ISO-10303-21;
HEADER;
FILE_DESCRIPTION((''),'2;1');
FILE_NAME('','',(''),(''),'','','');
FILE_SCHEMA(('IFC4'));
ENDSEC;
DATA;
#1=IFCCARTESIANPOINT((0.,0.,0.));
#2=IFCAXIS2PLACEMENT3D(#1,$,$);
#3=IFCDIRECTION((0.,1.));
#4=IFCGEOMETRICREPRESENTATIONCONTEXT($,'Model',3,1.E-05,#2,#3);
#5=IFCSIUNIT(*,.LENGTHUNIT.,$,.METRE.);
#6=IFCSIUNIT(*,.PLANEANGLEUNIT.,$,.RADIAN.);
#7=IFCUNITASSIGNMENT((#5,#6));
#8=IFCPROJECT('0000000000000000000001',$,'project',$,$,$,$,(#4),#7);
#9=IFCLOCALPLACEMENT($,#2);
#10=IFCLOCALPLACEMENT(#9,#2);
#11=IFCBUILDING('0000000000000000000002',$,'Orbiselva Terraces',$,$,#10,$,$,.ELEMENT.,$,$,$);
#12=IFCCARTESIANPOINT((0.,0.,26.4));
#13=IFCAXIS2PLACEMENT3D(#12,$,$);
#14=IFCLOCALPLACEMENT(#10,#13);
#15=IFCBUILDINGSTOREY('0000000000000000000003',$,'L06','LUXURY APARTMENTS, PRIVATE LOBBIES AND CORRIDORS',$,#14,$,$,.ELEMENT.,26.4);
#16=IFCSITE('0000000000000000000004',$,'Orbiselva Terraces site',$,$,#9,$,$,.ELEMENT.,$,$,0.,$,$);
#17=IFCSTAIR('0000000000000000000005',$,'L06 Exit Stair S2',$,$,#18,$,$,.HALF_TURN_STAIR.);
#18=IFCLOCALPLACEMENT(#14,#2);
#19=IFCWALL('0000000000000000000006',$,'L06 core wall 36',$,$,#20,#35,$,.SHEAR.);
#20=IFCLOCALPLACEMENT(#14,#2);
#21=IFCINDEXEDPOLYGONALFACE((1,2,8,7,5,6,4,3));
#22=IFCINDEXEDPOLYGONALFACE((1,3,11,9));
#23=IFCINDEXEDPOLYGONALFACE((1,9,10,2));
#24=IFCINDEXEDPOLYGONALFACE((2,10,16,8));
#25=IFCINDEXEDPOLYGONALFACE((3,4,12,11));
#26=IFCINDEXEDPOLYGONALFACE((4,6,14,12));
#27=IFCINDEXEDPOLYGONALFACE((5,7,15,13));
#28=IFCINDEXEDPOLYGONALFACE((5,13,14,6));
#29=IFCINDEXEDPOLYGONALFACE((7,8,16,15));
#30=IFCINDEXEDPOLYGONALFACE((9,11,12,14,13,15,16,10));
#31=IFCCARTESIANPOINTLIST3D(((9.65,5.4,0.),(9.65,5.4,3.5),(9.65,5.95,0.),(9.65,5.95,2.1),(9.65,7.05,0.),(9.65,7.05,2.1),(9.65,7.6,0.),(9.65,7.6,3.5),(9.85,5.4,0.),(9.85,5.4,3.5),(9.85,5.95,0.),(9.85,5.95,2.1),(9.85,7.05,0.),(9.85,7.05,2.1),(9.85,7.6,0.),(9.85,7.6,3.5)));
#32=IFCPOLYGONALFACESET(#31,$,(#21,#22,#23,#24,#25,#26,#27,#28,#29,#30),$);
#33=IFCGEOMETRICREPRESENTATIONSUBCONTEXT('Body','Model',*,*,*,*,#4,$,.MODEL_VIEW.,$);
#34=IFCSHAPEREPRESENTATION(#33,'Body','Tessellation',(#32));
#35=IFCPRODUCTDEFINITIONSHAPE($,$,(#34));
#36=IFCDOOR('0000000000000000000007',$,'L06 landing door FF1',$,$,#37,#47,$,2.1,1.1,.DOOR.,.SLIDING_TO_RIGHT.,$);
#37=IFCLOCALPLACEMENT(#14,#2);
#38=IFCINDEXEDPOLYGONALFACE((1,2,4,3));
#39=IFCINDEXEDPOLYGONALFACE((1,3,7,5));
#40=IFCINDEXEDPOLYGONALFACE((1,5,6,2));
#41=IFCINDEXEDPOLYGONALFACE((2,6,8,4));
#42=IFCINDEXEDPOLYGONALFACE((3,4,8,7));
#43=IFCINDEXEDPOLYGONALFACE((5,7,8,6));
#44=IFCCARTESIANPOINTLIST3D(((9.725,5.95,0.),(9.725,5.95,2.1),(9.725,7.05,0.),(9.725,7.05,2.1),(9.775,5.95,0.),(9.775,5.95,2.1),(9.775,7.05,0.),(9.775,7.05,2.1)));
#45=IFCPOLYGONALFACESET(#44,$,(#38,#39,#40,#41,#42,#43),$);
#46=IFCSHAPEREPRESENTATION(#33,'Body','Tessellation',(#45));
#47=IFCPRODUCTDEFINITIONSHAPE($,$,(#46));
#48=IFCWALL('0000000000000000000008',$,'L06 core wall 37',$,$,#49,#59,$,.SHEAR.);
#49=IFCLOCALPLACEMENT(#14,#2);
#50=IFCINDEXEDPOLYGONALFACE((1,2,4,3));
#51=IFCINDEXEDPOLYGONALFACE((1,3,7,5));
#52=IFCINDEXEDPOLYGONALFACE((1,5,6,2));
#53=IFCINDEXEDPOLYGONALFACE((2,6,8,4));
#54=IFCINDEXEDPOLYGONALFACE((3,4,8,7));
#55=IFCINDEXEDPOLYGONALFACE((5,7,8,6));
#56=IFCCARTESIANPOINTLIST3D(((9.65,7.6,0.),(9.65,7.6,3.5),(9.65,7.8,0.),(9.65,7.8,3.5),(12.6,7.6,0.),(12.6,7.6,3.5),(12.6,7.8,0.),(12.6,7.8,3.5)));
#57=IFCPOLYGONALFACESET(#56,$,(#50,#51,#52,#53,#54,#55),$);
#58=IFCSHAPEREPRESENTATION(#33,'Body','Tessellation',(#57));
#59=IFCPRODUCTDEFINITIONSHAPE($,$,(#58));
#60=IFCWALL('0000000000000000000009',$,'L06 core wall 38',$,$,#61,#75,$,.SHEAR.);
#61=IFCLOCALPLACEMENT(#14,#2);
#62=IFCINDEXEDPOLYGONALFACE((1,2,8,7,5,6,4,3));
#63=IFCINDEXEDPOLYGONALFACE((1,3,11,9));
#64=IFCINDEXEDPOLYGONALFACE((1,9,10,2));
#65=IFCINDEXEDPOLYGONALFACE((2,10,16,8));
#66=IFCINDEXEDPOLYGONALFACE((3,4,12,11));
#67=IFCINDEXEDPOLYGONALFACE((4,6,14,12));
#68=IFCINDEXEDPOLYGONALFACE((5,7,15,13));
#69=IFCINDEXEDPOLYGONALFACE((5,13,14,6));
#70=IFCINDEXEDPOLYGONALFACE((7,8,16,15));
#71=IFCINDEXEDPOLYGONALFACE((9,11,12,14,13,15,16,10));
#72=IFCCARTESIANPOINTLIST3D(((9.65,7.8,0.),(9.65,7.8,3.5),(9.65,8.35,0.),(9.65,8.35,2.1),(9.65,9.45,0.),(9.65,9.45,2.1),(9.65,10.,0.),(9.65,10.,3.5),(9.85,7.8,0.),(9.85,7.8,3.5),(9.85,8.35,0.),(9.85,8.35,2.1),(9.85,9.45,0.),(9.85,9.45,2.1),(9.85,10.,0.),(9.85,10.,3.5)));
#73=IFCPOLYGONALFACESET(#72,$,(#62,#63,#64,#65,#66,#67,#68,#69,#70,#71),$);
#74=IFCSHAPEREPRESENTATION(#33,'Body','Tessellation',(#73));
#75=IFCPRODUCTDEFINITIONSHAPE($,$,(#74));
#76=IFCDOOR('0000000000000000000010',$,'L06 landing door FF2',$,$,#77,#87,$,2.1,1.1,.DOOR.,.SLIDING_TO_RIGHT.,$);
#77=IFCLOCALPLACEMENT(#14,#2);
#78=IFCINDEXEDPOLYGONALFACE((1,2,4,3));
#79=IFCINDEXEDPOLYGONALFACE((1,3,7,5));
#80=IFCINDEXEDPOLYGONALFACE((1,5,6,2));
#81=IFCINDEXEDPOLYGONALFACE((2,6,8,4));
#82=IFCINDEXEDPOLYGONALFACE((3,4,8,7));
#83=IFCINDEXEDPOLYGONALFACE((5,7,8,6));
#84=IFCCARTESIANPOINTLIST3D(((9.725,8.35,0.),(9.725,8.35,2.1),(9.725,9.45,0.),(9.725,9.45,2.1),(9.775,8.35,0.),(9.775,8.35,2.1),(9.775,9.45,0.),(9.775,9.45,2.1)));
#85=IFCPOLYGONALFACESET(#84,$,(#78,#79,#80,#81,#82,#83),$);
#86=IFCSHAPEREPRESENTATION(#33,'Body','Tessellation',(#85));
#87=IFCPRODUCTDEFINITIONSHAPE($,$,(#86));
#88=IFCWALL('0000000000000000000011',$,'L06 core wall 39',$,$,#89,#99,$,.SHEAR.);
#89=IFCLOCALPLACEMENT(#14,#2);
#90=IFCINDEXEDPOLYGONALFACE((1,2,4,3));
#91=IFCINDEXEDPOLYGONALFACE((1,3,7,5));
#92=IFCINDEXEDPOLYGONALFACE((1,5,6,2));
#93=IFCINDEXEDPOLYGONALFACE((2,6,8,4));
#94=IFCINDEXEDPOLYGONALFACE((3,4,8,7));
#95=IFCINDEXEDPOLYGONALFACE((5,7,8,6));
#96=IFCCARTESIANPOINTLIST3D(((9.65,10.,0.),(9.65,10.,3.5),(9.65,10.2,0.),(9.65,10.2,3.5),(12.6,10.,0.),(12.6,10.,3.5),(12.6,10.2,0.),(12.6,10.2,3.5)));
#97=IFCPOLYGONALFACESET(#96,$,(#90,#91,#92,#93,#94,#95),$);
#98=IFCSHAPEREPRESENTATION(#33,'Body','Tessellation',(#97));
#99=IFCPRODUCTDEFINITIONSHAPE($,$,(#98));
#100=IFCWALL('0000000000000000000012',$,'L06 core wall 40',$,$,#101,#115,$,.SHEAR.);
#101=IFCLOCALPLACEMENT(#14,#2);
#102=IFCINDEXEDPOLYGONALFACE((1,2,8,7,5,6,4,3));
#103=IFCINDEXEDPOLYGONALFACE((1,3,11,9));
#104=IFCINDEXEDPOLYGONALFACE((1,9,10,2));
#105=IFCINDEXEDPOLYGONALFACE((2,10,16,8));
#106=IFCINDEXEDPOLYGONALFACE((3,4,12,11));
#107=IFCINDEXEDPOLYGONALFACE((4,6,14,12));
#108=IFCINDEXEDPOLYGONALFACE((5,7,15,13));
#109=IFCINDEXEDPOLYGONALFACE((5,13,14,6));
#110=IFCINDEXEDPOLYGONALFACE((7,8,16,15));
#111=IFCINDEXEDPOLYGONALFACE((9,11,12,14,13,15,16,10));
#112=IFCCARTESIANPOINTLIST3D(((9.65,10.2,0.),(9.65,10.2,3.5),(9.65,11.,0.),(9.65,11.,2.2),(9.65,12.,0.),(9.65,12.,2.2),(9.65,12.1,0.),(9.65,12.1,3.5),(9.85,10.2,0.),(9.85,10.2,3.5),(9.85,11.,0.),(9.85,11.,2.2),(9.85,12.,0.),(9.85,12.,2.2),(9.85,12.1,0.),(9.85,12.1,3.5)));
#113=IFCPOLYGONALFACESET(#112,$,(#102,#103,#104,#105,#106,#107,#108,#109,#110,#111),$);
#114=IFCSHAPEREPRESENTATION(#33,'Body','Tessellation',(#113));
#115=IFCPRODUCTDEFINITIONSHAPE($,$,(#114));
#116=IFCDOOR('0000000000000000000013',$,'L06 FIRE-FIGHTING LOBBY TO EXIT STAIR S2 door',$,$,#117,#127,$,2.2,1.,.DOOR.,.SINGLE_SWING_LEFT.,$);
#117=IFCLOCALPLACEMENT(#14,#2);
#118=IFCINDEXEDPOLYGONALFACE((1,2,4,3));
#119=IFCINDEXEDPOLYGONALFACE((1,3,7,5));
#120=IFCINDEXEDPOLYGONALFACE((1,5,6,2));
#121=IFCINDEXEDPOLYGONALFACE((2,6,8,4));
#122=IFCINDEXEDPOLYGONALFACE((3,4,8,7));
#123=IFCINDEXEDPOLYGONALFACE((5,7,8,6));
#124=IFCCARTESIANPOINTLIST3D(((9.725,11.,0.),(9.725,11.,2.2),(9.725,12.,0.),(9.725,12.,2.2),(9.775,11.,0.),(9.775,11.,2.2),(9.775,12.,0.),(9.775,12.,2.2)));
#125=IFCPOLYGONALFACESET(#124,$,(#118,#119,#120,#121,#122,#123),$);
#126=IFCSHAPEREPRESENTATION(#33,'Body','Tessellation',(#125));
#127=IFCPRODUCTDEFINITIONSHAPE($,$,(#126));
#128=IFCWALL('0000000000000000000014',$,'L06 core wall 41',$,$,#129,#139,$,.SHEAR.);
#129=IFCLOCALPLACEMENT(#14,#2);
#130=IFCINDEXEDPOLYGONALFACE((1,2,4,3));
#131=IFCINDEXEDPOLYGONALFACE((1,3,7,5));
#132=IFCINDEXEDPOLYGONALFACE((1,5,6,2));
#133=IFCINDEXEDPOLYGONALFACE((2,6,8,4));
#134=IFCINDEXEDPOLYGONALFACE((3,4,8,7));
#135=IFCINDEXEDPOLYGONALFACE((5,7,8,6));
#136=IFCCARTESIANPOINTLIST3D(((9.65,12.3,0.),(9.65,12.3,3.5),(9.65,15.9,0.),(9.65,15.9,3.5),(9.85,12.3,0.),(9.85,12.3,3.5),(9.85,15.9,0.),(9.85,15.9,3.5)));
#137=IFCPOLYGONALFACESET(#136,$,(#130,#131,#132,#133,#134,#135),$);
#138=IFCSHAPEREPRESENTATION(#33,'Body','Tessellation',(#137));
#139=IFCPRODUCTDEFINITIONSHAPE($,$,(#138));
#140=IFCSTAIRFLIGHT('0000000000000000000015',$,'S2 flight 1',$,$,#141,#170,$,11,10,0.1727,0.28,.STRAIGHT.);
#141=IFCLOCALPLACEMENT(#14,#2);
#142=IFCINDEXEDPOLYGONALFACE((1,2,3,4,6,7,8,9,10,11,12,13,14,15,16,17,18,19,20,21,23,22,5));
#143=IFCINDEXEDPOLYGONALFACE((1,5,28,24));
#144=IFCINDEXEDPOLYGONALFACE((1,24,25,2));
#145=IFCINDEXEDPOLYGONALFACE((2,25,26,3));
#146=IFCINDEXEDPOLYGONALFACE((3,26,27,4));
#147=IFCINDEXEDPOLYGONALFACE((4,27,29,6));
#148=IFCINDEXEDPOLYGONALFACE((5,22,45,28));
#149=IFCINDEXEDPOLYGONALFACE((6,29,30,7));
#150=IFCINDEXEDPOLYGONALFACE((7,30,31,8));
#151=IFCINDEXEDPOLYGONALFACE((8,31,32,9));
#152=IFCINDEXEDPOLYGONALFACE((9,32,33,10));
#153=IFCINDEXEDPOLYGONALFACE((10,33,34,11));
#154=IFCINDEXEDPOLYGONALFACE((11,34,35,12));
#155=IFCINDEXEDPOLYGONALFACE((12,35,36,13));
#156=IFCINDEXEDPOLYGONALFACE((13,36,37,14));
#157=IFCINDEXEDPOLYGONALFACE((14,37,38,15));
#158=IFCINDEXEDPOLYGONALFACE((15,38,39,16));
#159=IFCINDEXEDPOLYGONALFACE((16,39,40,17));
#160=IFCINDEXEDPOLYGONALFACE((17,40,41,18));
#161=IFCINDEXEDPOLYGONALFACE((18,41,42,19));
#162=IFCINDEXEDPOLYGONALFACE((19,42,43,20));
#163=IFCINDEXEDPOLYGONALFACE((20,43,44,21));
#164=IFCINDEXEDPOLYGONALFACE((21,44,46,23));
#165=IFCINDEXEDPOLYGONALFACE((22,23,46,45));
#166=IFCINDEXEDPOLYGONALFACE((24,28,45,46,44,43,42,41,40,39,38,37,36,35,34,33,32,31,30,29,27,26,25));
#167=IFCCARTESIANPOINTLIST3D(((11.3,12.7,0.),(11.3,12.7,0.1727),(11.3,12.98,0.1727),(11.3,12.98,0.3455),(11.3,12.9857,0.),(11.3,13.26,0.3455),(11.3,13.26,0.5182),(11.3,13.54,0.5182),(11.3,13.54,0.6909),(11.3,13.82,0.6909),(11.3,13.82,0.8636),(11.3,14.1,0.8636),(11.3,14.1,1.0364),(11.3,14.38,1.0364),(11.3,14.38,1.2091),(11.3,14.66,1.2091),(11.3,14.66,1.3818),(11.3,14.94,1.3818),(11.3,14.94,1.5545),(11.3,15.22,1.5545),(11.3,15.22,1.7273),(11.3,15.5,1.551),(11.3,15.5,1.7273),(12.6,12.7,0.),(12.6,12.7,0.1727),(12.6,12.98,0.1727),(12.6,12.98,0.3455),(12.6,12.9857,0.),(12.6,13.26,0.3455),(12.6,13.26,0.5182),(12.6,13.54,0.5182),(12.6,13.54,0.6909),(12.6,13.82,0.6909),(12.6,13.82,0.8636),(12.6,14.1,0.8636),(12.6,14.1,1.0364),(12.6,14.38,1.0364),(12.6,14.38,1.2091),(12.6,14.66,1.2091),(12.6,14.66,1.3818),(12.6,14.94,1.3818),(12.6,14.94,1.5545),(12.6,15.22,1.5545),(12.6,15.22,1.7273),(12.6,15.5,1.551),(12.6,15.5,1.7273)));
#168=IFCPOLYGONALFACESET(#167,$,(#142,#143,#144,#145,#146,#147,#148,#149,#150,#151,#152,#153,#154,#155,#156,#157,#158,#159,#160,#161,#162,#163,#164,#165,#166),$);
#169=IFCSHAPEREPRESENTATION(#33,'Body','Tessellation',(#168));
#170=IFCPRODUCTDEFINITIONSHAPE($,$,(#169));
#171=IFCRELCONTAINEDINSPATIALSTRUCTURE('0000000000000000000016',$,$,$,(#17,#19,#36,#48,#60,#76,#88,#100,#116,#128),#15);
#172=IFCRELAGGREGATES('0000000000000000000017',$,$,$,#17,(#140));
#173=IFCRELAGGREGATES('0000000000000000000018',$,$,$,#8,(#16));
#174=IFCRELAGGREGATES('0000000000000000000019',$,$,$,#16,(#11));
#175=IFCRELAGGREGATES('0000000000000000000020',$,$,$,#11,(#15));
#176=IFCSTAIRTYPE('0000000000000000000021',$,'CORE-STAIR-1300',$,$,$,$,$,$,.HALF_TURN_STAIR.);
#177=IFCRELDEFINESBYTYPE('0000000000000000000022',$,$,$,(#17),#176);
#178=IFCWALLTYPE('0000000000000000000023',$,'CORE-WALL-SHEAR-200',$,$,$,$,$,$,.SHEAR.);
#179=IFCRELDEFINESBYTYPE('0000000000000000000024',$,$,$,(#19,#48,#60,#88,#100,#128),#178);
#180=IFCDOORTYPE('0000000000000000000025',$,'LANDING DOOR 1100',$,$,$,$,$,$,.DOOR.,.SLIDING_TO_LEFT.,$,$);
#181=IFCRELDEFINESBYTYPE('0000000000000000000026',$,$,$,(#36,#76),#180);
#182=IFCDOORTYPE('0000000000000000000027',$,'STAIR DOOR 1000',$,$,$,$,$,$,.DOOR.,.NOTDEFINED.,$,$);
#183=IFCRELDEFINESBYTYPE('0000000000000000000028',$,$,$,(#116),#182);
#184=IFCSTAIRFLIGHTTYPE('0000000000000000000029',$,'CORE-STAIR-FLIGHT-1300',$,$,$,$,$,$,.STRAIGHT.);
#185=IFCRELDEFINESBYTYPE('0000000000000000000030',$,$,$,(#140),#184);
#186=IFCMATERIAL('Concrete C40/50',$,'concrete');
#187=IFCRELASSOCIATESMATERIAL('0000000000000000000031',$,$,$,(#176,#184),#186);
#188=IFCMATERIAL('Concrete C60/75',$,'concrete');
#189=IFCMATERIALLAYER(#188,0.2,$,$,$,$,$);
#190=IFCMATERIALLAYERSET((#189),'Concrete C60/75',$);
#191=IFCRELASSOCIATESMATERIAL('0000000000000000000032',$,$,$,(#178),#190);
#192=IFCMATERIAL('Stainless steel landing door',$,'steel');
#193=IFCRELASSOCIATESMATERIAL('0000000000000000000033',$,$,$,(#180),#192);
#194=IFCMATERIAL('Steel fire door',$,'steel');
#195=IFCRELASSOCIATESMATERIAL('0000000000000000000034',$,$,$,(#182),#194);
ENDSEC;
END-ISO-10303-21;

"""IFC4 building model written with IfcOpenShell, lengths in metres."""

from ifc_helpers import new_model, si_unit, direction, frame, frame_2d, origin, place, context, subcontext, project, spatial, polyline, rectangle, outline, extrude, material, layer, layer_set, type_object, element, fill, aggregate, save


model = new_model("IFC4")

# Units and contexts
model_context = context("Model", 3, precision=1e-05, world=origin(), true_north=direction((0.0, 1.0)))
body_context = subcontext(model_context, "Body", "Model", "MODEL_VIEW")
ifc_project = project(units=[si_unit("LENGTHUNIT", "METRE"), si_unit("PLANEANGLEUNIT", "RADIAN")], contexts=[model_context])

# Site, building, storey
site_placement = place(None, origin())
site = spatial("IfcSite", under=ifc_project, at=site_placement, Name="Orbiselva Terraces site", CompositionType="ELEMENT", RefElevation=0.0)
building_placement = place(site_placement, origin())
building = spatial("IfcBuilding", under=site, at=building_placement, Name="Orbiselva Terraces", CompositionType="ELEMENT")
storey_placement = place(building_placement, frame((0.0, 0.0, 26.4)))
storey = spatial("IfcBuildingStorey", under=building, at=storey_placement, Name="L06", Description="LUXURY APARTMENTS, PRIVATE LOBBIES AND CORRIDORS", CompositionType="ELEMENT", Elevation=26.4)

# Shared definitions
ifc_material_1 = material(Name="Concrete C40/50", Category="concrete")

# Stair
stair_type_1 = type_object("IfcStairType", Name="CORE-STAIR-1300", PredefinedType="HALF_TURN_STAIR", material=ifc_material_1)
stair_1_placement = place(storey_placement, origin())
stair_1 = element("IfcStair", 1, at=stair_1_placement, inside=storey, type_object=stair_type_1, Name="L06 Exit Stair S2", PredefinedType="HALF_TURN_STAIR")

# Shared definitions
ifc_material_2 = material(Name="Concrete C60/75", Category="concrete")
ifc_layer_1 = layer(ifc_material_2, 0.2)
ifc_layer_set_1 = layer_set([ifc_layer_1], Name="Concrete C60/75")
wall_type_1 = type_object("IfcWallType", Name="CORE-WALL-SHEAR-200", PredefinedType="SHEAR", material=ifc_layer_set_1)

# Wall, opening, door
wall_1_placement = place(storey_placement, frame((9.75, 5.4, 0.0), z_axis=(0.0, 0.0, 1.0), x_axis=(0.0, 1.0, 0.0)))
wall_1 = element("IfcWall", 2, at=wall_1_placement, inside=storey, type_object=wall_type_1, Name="L06 core wall 36", PredefinedType="SHEAR", context=body_context, shape_type="SweptSolid", body=[
    extrude(rectangle(XDim=2.2, YDim=0.2, at=frame_2d((1.1, 0.0))), origin(), (0.0, 0.0, 1.0), 3.5),
])
opening_1_placement = place(wall_1_placement, frame((0.55, 0.0, 0.0)))
opening_1 = element("IfcOpeningElement", 3, at=opening_1_placement, cuts=wall_1, PredefinedType="OPENING", context=body_context, shape_type="SweptSolid", body=[
    extrude(rectangle(XDim=1.1, YDim=2.1, at=frame_2d((0.55, 1.05))), frame((0.0, 0.11, 0.0), z_axis=(0.0, -1.0, 0.0), x_axis=(1.0, 0.0, 0.0)), (0.0, 0.0, 1.0), 0.22),
])
ifc_material_3 = material(Name="Stainless steel landing door", Category="steel")
door_type_1 = type_object("IfcDoorType", Name="LANDING DOOR 1100", OperationType="SLIDING_TO_LEFT", PredefinedType="DOOR", material=ifc_material_3)
door_1_placement = place(opening_1_placement, origin())
door_1 = element("IfcDoor", 4, at=door_1_placement, inside=storey, type_object=door_type_1, Name="L06 landing door FF1", OperationType="SLIDING_TO_RIGHT", OverallHeight=2.1, OverallWidth=1.1, PredefinedType="DOOR", context=body_context, shape_type="SweptSolid", body=[
    extrude(rectangle(XDim=1.1, YDim=2.1, at=frame_2d((0.55, 1.05))), frame((0.0, 0.025, 0.0), z_axis=(0.0, -1.0, 0.0), x_axis=(1.0, 0.0, 0.0)), (0.0, 0.0, 1.0), 0.05),
])
fill(opening_1, door_1)

# Wall
wall_2_placement = place(storey_placement, frame((9.65, 7.7, 0.0), z_axis=(0.0, 0.0, 1.0), x_axis=(1.0, 0.0, 0.0)))
element("IfcWall", 5, at=wall_2_placement, inside=storey, type_object=wall_type_1, Name="L06 core wall 37", PredefinedType="SHEAR", context=body_context, shape_type="SweptSolid", body=[
    extrude(rectangle(XDim=2.95, YDim=0.2, at=frame_2d((1.475, 0.0))), origin(), (0.0, 0.0, 1.0), 3.5),
])

# Wall, opening, door
wall_3_placement = place(storey_placement, frame((9.75, 7.8, 0.0), z_axis=(0.0, 0.0, 1.0), x_axis=(0.0, 1.0, 0.0)))
wall_3 = element("IfcWall", 6, at=wall_3_placement, inside=storey, type_object=wall_type_1, Name="L06 core wall 38", PredefinedType="SHEAR", context=body_context, shape_type="SweptSolid", body=[
    extrude(rectangle(XDim=2.2, YDim=0.2, at=frame_2d((1.1, 0.0))), origin(), (0.0, 0.0, 1.0), 3.5),
])
opening_2_placement = place(wall_3_placement, frame((0.55, 0.0, 0.0)))
opening_2 = element("IfcOpeningElement", 7, at=opening_2_placement, cuts=wall_3, PredefinedType="OPENING", context=body_context, shape_type="SweptSolid", body=[
    extrude(rectangle(XDim=1.1, YDim=2.1, at=frame_2d((0.55, 1.05))), frame((0.0, 0.11, 0.0), z_axis=(0.0, -1.0, 0.0), x_axis=(1.0, 0.0, 0.0)), (0.0, 0.0, 1.0), 0.22),
])
door_2_placement = place(opening_2_placement, origin())
door_2 = element("IfcDoor", 8, at=door_2_placement, inside=storey, type_object=door_type_1, Name="L06 landing door FF2", OperationType="SLIDING_TO_RIGHT", OverallHeight=2.1, OverallWidth=1.1, PredefinedType="DOOR", context=body_context, shape_type="SweptSolid", body=[
    extrude(rectangle(XDim=1.1, YDim=2.1, at=frame_2d((0.55, 1.05))), frame((0.0, 0.025, 0.0), z_axis=(0.0, -1.0, 0.0), x_axis=(1.0, 0.0, 0.0)), (0.0, 0.0, 1.0), 0.05),
])
fill(opening_2, door_2)

# Wall
wall_4_placement = place(storey_placement, frame((9.65, 10.1, 0.0), z_axis=(0.0, 0.0, 1.0), x_axis=(1.0, 0.0, 0.0)))
element("IfcWall", 9, at=wall_4_placement, inside=storey, type_object=wall_type_1, Name="L06 core wall 39", PredefinedType="SHEAR", context=body_context, shape_type="SweptSolid", body=[
    extrude(rectangle(XDim=2.95, YDim=0.2, at=frame_2d((1.475, 0.0))), origin(), (0.0, 0.0, 1.0), 3.5),
])

# Wall, opening, door
wall_5_placement = place(storey_placement, frame((9.75, 12.1, 0.0), z_axis=(0.0, 0.0, 1.0), x_axis=(0.0, -1.0, 0.0)))
wall_5 = element("IfcWall", 10, at=wall_5_placement, inside=storey, type_object=wall_type_1, Name="L06 core wall 40", PredefinedType="SHEAR", context=body_context, shape_type="SweptSolid", body=[
    extrude(rectangle(XDim=1.9, YDim=0.2, at=frame_2d((0.95, 0.0))), origin(), (0.0, 0.0, 1.0), 3.5),
])
opening_3_placement = place(wall_5_placement, frame((0.1, 0.0, 0.0)))
opening_3 = element("IfcOpeningElement", 11, at=opening_3_placement, cuts=wall_5, PredefinedType="OPENING", context=body_context, shape_type="SweptSolid", body=[
    extrude(rectangle(XDim=1.0, YDim=2.2, at=frame_2d((0.5, 1.1))), frame((0.0, 0.11, 0.0), z_axis=(0.0, -1.0, 0.0), x_axis=(1.0, 0.0, 0.0)), (0.0, 0.0, 1.0), 0.22),
])
ifc_material_4 = material(Name="Steel fire door", Category="steel")
door_type_2 = type_object("IfcDoorType", Name="STAIR DOOR 1000", OperationType="NOTDEFINED", PredefinedType="DOOR", material=ifc_material_4)
door_3_placement = place(opening_3_placement, origin())
door_3 = element("IfcDoor", 12, at=door_3_placement, inside=storey, type_object=door_type_2, Name="L06 FIRE-FIGHTING LOBBY TO EXIT STAIR S2 door", OperationType="SINGLE_SWING_LEFT", OverallHeight=2.2, OverallWidth=1.0, PredefinedType="DOOR", context=body_context, shape_type="SweptSolid", body=[
    extrude(rectangle(XDim=1.0, YDim=2.2, at=frame_2d((0.5, 1.1))), frame((0.0, 0.025, 0.0), z_axis=(0.0, -1.0, 0.0), x_axis=(1.0, 0.0, 0.0)), (0.0, 0.0, 1.0), 0.05),
])
fill(opening_3, door_3)

# Wall
wall_6_placement = place(storey_placement, frame((9.75, 12.3, 0.0), z_axis=(0.0, 0.0, 1.0), x_axis=(0.0, 1.0, 0.0)))
element("IfcWall", 13, at=wall_6_placement, inside=storey, type_object=wall_type_1, Name="L06 core wall 41", PredefinedType="SHEAR", context=body_context, shape_type="SweptSolid", body=[
    extrude(rectangle(XDim=3.6, YDim=0.2, at=frame_2d((1.8, 0.0))), origin(), (0.0, 0.0, 1.0), 3.5),
])

# Stair flight
stair_flight_type = type_object("IfcStairFlightType", Name="CORE-STAIR-FLIGHT-1300", PredefinedType="STRAIGHT", material=ifc_material_1)
stair_flight_placement = place(storey_placement, frame((11.95, 12.7, 0.0), z_axis=(0.0, 0.0, 1.0), x_axis=(0.0, 1.0, 0.0)))
stair_flight = element("IfcStairFlight", 14, at=stair_flight_placement, type_object=stair_flight_type, Name="S2 flight 1", NumberOfRisers=11, NumberOfTreads=10, PredefinedType="STRAIGHT", RiserHeight=0.1727, TreadLength=0.28, context=body_context, shape_type="SweptSolid", body=[
    extrude(outline(polyline([(0.0, 0.0), (0.0, 0.1727), (0.28, 0.1727), (0.28, 0.3455), (0.56, 0.3455), (0.56, 0.5182), (0.84, 0.5182), (0.84, 0.6909), (1.12, 0.6909), (1.12, 0.8636), (1.4, 0.8636), (1.4, 1.0364), (1.68, 1.0364), (1.68, 1.2091), (1.96, 1.2091), (1.96, 1.3818), (2.24, 1.3818), (2.24, 1.5545), (2.52, 1.5545), (2.52, 1.7273), (2.8, 1.7273), (2.8, 1.9), (2.8, 1.551), (0.2857, 0.0), (0.0, 0.0)])), frame((0.0, 0.65, 0.0), z_axis=(0.0, -1.0, 0.0), x_axis=(1.0, 0.0, 0.0)), (0.0, 0.0, 1.0), 1.3),
])
aggregate(stair_1, [stair_flight])

save(model, "model.ifc")
